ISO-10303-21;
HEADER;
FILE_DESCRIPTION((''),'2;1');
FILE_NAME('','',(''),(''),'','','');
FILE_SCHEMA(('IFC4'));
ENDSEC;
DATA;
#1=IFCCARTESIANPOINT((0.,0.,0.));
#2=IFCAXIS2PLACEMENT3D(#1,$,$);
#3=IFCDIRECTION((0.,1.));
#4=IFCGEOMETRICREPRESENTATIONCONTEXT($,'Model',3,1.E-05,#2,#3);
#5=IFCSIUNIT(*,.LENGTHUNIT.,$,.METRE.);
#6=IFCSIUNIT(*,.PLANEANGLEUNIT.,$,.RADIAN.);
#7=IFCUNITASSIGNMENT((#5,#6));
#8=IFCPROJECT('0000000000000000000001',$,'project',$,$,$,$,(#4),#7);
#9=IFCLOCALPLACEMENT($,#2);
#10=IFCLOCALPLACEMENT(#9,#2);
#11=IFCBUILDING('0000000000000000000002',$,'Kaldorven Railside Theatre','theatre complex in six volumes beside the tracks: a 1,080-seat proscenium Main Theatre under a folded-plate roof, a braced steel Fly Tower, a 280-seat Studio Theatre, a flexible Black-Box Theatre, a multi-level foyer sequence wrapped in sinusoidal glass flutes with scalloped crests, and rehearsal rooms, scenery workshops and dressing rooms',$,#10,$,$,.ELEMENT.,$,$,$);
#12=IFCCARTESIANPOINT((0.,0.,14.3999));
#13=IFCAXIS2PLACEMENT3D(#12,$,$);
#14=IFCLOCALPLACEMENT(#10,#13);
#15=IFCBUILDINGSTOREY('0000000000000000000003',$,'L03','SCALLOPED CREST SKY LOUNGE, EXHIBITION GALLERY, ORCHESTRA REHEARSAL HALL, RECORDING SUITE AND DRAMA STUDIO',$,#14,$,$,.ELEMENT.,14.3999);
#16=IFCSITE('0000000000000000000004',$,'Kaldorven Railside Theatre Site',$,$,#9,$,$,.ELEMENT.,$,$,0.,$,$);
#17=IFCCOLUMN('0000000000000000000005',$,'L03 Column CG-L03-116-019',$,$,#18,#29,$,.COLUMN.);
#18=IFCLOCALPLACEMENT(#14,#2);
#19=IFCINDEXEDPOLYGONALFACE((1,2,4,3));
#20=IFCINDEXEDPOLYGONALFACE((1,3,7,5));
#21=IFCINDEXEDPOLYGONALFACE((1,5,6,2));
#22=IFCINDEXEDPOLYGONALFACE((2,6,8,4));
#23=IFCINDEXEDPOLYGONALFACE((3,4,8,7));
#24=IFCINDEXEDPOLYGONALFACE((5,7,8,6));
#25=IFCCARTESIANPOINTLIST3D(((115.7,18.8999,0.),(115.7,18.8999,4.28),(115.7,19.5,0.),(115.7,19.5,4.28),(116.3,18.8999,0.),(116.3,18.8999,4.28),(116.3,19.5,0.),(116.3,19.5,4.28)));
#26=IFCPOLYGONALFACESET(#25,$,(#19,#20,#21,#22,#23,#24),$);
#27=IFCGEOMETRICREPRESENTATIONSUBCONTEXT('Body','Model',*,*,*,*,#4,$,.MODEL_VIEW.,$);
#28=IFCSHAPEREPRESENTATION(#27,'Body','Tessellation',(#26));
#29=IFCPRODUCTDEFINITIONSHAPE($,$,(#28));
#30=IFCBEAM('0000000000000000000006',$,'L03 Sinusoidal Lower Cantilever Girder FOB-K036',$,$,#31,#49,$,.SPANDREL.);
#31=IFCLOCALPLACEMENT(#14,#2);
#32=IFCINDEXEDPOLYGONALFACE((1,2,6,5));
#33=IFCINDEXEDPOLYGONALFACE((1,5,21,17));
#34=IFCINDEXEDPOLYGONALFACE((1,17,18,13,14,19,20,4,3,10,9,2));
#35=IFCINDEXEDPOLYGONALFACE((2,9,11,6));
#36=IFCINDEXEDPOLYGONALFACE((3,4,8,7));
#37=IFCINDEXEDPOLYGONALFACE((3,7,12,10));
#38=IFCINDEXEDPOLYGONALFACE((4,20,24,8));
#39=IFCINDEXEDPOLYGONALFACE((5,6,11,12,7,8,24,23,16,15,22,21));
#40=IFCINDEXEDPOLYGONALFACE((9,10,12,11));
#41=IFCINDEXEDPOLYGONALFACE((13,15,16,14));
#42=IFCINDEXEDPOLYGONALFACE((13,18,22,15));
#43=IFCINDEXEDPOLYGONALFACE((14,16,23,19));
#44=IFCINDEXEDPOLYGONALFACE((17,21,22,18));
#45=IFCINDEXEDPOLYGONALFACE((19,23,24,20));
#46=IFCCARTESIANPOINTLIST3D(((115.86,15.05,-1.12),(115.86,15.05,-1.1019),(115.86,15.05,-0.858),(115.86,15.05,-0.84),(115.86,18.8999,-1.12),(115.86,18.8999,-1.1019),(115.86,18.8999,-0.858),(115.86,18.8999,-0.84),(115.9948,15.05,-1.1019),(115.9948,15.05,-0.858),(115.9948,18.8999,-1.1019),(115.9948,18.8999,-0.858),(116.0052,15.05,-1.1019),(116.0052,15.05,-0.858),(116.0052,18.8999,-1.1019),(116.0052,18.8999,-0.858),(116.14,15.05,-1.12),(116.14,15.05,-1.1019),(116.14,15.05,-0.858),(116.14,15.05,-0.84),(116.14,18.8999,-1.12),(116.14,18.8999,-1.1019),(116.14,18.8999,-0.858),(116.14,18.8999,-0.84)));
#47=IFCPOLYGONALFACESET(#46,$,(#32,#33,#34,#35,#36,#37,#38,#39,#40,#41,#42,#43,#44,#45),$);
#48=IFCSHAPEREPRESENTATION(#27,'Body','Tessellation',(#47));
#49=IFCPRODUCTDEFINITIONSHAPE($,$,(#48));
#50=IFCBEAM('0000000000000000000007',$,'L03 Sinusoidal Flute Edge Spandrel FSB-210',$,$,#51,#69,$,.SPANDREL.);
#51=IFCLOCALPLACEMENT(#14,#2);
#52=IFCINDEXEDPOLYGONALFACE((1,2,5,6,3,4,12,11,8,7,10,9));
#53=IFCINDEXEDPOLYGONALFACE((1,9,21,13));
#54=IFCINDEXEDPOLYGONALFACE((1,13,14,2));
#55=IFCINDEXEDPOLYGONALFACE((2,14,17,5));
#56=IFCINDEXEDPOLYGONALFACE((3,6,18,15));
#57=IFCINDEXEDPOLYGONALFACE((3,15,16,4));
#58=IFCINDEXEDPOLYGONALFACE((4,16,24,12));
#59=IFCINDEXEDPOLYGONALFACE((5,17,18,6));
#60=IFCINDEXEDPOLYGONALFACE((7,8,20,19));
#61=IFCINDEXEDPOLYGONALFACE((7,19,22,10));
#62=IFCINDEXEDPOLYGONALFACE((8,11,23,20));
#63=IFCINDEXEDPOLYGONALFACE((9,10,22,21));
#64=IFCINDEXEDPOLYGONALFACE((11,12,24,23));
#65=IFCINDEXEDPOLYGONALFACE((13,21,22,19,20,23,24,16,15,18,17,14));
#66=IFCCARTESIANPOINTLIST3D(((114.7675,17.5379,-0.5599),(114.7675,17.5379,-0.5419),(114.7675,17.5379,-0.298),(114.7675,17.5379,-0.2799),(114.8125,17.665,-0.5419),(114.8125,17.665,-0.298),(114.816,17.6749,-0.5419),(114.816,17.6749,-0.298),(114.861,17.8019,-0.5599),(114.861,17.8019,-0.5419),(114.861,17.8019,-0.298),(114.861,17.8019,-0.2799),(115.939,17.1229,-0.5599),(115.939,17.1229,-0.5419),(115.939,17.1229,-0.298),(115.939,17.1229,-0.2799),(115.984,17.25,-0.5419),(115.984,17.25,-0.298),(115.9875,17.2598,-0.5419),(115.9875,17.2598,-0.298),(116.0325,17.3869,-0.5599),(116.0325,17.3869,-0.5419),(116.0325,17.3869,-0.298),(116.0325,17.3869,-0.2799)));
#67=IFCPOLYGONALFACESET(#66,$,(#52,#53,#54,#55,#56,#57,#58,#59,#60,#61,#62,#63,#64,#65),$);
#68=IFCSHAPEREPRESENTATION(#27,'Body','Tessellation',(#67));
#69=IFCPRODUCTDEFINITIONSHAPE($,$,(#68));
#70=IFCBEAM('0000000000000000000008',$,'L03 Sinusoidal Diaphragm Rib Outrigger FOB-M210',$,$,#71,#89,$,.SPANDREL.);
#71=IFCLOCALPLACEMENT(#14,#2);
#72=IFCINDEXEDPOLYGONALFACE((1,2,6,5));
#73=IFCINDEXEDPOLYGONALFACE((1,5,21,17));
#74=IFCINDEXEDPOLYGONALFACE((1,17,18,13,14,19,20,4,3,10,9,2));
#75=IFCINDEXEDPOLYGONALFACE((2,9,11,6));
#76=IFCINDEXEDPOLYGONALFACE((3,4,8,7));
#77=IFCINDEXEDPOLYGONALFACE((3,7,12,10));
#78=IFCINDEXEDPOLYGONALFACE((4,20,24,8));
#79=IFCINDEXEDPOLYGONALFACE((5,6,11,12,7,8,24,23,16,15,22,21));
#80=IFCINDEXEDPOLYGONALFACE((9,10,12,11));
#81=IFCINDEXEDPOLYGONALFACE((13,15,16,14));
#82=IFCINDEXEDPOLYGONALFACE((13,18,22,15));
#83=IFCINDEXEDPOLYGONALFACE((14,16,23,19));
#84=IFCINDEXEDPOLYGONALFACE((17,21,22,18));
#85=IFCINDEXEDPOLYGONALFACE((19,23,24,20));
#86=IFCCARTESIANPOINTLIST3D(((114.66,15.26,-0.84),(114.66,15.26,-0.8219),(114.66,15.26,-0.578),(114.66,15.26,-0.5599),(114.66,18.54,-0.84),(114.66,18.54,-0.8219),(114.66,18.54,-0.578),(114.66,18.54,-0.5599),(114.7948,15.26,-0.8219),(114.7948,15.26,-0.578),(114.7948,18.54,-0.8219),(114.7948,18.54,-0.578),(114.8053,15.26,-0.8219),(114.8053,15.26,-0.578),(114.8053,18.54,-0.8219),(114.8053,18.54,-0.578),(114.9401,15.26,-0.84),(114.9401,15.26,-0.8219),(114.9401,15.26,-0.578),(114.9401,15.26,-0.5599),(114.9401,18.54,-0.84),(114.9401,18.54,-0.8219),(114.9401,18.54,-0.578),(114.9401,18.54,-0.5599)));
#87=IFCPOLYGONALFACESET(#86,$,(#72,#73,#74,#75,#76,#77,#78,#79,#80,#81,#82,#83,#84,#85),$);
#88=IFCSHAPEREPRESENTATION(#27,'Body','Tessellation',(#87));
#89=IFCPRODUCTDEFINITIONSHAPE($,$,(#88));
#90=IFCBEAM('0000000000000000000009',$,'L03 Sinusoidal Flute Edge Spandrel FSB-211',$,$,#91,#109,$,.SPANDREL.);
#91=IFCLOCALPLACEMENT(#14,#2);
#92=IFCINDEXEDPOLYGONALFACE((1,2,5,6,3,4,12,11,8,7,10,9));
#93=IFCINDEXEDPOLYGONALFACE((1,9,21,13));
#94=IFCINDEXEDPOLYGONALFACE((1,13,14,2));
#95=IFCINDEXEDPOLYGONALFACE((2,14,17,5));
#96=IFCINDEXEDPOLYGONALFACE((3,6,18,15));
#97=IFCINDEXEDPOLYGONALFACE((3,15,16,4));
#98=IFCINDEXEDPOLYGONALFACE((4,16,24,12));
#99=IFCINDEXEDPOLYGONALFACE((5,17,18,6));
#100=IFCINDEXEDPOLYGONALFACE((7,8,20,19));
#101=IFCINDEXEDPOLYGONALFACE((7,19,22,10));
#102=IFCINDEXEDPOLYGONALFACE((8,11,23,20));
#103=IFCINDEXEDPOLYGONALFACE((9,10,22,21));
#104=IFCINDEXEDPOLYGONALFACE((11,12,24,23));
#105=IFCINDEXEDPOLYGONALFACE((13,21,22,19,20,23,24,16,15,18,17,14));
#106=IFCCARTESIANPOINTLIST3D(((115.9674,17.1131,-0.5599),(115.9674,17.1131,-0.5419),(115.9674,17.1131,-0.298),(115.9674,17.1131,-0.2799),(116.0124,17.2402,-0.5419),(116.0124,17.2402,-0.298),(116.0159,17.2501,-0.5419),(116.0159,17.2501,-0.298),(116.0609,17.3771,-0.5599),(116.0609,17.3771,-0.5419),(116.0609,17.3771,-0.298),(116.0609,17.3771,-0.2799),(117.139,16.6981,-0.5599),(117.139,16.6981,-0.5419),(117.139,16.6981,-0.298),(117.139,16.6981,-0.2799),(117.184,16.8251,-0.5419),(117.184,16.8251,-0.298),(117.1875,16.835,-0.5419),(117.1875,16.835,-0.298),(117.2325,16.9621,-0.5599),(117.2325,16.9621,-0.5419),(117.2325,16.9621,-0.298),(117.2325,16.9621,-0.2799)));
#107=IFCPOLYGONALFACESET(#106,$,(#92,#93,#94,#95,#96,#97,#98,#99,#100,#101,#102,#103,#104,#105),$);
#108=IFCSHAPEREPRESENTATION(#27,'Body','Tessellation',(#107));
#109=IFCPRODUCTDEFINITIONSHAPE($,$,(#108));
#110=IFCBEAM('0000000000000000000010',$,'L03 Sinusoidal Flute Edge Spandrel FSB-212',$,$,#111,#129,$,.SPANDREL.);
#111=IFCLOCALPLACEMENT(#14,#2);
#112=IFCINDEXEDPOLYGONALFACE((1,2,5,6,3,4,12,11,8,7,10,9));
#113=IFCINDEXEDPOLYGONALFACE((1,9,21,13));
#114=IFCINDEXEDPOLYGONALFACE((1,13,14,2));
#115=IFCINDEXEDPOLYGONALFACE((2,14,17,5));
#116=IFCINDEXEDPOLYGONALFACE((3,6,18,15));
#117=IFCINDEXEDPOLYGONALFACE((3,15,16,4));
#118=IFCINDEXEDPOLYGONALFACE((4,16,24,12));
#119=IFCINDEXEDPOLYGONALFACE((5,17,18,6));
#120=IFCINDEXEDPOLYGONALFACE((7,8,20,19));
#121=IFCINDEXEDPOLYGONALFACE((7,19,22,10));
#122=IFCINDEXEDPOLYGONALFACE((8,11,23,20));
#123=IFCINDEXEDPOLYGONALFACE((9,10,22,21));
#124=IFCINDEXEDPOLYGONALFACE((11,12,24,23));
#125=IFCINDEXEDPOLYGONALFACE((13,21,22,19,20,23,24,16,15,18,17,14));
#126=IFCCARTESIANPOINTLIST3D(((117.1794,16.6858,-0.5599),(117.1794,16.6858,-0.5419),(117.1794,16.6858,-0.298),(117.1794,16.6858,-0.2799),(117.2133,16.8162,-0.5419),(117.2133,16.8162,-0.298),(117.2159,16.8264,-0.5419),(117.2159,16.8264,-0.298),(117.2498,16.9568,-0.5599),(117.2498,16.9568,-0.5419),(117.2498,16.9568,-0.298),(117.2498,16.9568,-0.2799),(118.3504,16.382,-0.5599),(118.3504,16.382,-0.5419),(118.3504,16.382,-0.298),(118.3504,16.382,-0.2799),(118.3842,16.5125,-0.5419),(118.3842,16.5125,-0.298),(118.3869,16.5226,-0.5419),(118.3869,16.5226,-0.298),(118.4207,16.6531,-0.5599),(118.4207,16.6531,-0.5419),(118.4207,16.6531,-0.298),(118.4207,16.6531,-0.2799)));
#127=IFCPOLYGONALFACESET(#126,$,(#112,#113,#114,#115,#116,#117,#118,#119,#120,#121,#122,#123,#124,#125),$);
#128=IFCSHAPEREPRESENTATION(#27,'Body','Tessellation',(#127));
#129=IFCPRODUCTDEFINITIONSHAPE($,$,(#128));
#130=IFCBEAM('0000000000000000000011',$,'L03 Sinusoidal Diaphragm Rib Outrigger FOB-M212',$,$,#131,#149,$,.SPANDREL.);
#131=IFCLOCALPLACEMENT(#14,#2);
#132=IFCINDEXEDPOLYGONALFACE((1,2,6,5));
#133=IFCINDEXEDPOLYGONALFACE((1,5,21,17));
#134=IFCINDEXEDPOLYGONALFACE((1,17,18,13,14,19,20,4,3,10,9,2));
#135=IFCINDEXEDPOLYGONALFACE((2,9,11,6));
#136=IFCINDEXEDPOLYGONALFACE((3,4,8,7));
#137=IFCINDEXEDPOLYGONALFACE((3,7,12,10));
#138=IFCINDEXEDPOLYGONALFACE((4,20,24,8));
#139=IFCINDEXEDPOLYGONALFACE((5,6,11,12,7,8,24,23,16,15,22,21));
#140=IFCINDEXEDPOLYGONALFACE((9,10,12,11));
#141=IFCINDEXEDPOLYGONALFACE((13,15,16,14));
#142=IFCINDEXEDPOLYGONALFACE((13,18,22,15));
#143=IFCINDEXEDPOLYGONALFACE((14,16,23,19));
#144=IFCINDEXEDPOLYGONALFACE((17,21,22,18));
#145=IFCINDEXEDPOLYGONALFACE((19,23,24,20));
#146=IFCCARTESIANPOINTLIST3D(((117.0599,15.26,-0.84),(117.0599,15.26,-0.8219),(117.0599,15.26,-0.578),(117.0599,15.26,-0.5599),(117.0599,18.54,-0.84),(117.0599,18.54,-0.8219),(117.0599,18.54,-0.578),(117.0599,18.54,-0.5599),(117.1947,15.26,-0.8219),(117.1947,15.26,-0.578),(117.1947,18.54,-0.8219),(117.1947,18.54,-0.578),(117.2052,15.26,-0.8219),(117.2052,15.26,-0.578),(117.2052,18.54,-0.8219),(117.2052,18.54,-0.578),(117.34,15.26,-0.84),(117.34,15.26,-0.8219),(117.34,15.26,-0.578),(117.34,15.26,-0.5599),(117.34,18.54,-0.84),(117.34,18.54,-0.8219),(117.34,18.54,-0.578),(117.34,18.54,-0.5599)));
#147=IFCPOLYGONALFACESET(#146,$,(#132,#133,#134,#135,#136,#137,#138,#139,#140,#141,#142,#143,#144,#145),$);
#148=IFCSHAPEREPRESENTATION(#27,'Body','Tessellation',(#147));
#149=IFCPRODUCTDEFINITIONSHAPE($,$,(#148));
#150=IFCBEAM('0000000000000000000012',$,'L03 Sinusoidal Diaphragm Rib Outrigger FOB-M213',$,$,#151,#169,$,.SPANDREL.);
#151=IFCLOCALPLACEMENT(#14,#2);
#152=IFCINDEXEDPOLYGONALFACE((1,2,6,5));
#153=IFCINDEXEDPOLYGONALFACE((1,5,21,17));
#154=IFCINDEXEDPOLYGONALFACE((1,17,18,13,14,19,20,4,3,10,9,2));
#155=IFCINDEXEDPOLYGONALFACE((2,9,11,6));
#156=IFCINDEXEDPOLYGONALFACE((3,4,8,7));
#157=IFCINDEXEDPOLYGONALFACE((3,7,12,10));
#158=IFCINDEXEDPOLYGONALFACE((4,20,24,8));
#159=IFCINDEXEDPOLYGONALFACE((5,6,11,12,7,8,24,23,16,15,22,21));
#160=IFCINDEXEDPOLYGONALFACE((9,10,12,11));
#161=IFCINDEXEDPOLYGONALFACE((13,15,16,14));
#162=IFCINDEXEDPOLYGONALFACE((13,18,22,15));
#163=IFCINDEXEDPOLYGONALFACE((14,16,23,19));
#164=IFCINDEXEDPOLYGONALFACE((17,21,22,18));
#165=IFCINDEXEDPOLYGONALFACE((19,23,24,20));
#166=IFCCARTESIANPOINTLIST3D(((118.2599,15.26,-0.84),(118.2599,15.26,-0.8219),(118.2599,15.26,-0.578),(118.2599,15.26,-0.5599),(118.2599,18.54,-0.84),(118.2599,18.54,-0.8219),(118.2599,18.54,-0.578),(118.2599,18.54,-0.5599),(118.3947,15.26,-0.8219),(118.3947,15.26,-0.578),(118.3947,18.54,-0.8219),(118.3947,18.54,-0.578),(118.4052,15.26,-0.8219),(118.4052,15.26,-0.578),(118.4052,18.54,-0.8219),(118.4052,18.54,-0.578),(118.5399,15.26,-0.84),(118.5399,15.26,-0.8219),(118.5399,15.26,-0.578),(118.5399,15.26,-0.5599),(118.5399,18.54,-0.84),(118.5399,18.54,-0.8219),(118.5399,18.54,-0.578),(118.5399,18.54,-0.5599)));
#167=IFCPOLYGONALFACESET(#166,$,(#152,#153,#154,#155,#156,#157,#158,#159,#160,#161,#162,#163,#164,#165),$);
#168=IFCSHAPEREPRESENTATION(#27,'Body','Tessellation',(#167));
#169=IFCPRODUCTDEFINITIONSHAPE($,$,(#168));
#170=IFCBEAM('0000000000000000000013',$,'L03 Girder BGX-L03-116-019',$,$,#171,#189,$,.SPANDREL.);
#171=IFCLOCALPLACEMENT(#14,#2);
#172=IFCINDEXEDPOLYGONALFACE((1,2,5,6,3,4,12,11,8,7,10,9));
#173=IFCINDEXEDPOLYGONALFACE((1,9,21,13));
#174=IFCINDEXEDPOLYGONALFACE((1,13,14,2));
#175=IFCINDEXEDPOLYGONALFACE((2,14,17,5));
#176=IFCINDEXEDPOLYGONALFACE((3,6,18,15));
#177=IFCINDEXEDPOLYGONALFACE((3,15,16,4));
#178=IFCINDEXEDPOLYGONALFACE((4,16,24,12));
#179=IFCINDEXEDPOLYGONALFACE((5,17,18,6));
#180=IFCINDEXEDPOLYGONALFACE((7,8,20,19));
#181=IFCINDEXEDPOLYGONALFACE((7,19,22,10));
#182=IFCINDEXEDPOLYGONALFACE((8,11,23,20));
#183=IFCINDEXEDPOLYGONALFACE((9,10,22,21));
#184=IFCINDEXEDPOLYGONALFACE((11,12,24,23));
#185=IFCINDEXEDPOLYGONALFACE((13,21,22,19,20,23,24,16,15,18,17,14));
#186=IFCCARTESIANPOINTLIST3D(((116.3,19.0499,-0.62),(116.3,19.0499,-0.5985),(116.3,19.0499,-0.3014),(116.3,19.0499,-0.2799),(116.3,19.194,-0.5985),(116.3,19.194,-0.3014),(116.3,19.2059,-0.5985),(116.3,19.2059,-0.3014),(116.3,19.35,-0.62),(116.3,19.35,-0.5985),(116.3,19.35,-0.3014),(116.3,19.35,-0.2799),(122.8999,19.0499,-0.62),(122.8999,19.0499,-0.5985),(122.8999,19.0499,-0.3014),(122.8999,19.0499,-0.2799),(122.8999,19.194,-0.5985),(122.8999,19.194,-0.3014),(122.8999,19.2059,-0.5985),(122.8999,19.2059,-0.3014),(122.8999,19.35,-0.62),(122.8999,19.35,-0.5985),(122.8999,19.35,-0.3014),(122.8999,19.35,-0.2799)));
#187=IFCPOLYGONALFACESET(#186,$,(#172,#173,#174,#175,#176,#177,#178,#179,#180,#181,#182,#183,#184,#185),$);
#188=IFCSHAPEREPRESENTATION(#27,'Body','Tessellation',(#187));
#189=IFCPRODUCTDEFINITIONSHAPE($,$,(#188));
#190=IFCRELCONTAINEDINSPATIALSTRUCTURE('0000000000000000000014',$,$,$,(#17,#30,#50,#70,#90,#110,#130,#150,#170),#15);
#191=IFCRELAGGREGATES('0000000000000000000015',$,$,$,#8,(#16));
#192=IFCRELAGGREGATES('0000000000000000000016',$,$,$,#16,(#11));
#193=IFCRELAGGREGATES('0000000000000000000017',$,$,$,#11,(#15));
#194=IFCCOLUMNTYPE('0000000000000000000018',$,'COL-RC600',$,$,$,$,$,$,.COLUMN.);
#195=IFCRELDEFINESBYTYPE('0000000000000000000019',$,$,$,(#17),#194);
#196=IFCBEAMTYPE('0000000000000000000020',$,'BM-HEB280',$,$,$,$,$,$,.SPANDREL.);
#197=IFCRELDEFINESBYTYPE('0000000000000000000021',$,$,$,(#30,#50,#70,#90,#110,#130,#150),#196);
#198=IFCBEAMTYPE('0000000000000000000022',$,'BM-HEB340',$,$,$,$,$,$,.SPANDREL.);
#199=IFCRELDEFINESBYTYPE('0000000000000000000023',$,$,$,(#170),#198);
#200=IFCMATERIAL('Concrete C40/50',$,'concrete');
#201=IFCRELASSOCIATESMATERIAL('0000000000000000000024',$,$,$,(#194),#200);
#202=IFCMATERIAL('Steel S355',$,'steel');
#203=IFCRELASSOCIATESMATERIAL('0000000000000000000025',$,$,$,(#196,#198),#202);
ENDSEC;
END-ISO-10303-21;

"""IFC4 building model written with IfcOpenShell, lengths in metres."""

from ifc_helpers import new_model, si_unit, direction, frame, origin, origin_2d, place, context, subcontext, project, spatial, rectangle, i_section, extrude, material, material_profile, profile_set, type_object, element, save


model = new_model("IFC4")

# Units and contexts
model_context = context("Model", 3, precision=1e-05, world=origin(), true_north=direction((0.0, 1.0)))
body_context = subcontext(model_context, "Body", "Model", "MODEL_VIEW")
ifc_project = project(units=[si_unit("LENGTHUNIT", "METRE"), si_unit("PLANEANGLEUNIT", "RADIAN")], contexts=[model_context])

# Site, building, storey
site_placement = place(None, origin())
site = spatial("IfcSite", under=ifc_project, at=site_placement, Name="Kaldorven Railside Theatre Site", CompositionType="ELEMENT", RefElevation=0.0)
building_placement = place(site_placement, origin())
building = spatial("IfcBuilding", under=site, at=building_placement, Name="Kaldorven Railside Theatre", Description="theatre complex in six volumes beside the tracks: a 1,080-seat proscenium Main Theatre under a folded-plate roof, a braced steel Fly Tower, a 280-seat Studio Theatre, a flexible Black-Box Theatre, a multi-level foyer sequence wrapped in sinusoidal glass flutes with scalloped crests, and rehearsal rooms, scenery workshops and dressing rooms", CompositionType="ELEMENT")
storey_placement = place(building_placement, frame((0.0, 0.0, 14.3999)))
storey = spatial("IfcBuildingStorey", under=building, at=storey_placement, Name="L03", Description="SCALLOPED CREST SKY LOUNGE, EXHIBITION GALLERY, ORCHESTRA REHEARSAL HALL, RECORDING SUITE AND DRAMA STUDIO", CompositionType="ELEMENT", Elevation=14.3999)

# Column
ifc_material_1 = material(Name="Concrete C40/50", Category="concrete")
ifc_material_profile_1 = material_profile(ifc_material_1, rectangle(XDim=0.6001, YDim=0.6001, at=origin_2d()), Name="RC 600x600")
ifc_profile_set_1 = profile_set([ifc_material_profile_1], Name="Concrete C40/50")
column_type = type_object("IfcColumnType", Name="COL-RC600", PredefinedType="COLUMN", material=ifc_profile_set_1)
column_placement = place(storey_placement, frame((116.0, 19.2, 0.0), z_axis=(0.0, 0.0, 1.0), x_axis=(0.0, 1.0, 0.0)))
element("IfcColumn", 1, at=column_placement, inside=storey, type_object=column_type, Name="L03 Column CG-L03-116-019", PredefinedType="COLUMN", context=body_context, shape_type="SweptSolid", body=[
    extrude(rectangle(XDim=0.6001, YDim=0.6001, at=origin_2d()), origin(), (0.0, 0.0, 1.0), 4.28),
])

# Beams
ifc_material_2 = material(Name="Steel S355", Category="steel")
ifc_material_profile_2 = material_profile(ifc_material_2, i_section(OverallWidth=0.28, OverallDepth=0.28, WebThickness=0.0105, FlangeThickness=0.0181, at=origin_2d()), Name="HEB 280")
ifc_profile_set_2 = profile_set([ifc_material_profile_2], Name="Steel S355")
beam_type_1 = type_object("IfcBeamType", Name="BM-HEB280", PredefinedType="SPANDREL", material=ifc_profile_set_2)
beam_1_placement = place(storey_placement, frame((116.0, 15.05, -0.98), z_axis=(0.0, 1.0, 0.0), x_axis=(-1.0, 0.0, 0.0)))
element("IfcBeam", 2, at=beam_1_placement, inside=storey, type_object=beam_type_1, Name="L03 Sinusoidal Lower Cantilever Girder FOB-K036", PredefinedType="SPANDREL", context=body_context, shape_type="SweptSolid", body=[
    extrude(i_section(OverallWidth=0.28, OverallDepth=0.28, WebThickness=0.0105, FlangeThickness=0.0181, at=origin_2d()), origin(), (0.0, 0.0, 1.0), 3.8499),
])
beam_2_placement = place(storey_placement, frame((114.8142, 17.6699, -0.4199), z_axis=(0.942605, -0.333909, 0.0), x_axis=(0.333909, 0.942605, 0.0)))
element("IfcBeam", 3, at=beam_2_placement, inside=storey, type_object=beam_type_1, Name="L03 Sinusoidal Flute Edge Spandrel FSB-210", PredefinedType="SPANDREL", context=body_context, shape_type="SweptSolid", body=[
    extrude(i_section(OverallWidth=0.28, OverallDepth=0.28, WebThickness=0.0105, FlangeThickness=0.0181, at=origin_2d()), origin(), (0.0, 0.0, 1.0), 1.2429),
])
beam_3_placement = place(storey_placement, frame((114.8, 15.26, -0.7), z_axis=(0.0, 1.0, 0.0), x_axis=(-1.0, 0.0, 0.0)))
element("IfcBeam", 4, at=beam_3_placement, inside=storey, type_object=beam_type_1, Name="L03 Sinusoidal Diaphragm Rib Outrigger FOB-M210", PredefinedType="SPANDREL", context=body_context, shape_type="SweptSolid", body=[
    extrude(i_section(OverallWidth=0.28, OverallDepth=0.28, WebThickness=0.0105, FlangeThickness=0.0181, at=origin_2d()), origin(), (0.0, 0.0, 1.0), 3.28),
])
beam_4_placement = place(storey_placement, frame((116.0142, 17.2451, -0.4199), z_axis=(0.942605, -0.333909, 0.0), x_axis=(0.333909, 0.942605, 0.0)))
element("IfcBeam", 5, at=beam_4_placement, inside=storey, type_object=beam_type_1, Name="L03 Sinusoidal Flute Edge Spandrel FSB-211", PredefinedType="SPANDREL", context=body_context, shape_type="SweptSolid", body=[
    extrude(i_section(OverallWidth=0.28, OverallDepth=0.28, WebThickness=0.0105, FlangeThickness=0.0181, at=origin_2d()), origin(), (0.0, 0.0, 1.0), 1.2429),
])
beam_5_placement = place(storey_placement, frame((117.2146, 16.8213, -0.4199), z_axis=(0.967968, -0.251074, 0.0), x_axis=(0.251074, 0.967968, 0.0)))
element("IfcBeam", 6, at=beam_5_placement, inside=storey, type_object=beam_type_1, Name="L03 Sinusoidal Flute Edge Spandrel FSB-212", PredefinedType="SPANDREL", context=body_context, shape_type="SweptSolid", body=[
    extrude(i_section(OverallWidth=0.28, OverallDepth=0.28, WebThickness=0.0105, FlangeThickness=0.0181, at=origin_2d()), origin(), (0.0, 0.0, 1.0), 1.2097),
])
for number, where, z_axis, x_axis, name in (
    (7, (117.2, 15.26, -0.7), (0.0, 1.0, 0.0), (-1.0, 0.0, 0.0), "L03 Sinusoidal Diaphragm Rib Outrigger FOB-M212"),
    (8, (118.3999, 15.26, -0.7), (0.0, 1.0, 0.0), (-1.0, 0.0, 0.0), "L03 Sinusoidal Diaphragm Rib Outrigger FOB-M213"),
):
    element("IfcBeam", number, at=place(storey_placement, frame(where, z_axis=z_axis, x_axis=x_axis)), inside=storey, type_object=beam_type_1, Name=name, PredefinedType="SPANDREL", context=body_context, shape_type="SweptSolid", body=[
        extrude(i_section(OverallWidth=0.28, OverallDepth=0.28, WebThickness=0.0105, FlangeThickness=0.0181, at=origin_2d()), origin(), (0.0, 0.0, 1.0), 3.28),
    ])
ifc_material_profile_3 = material_profile(ifc_material_2, i_section(OverallWidth=0.3, OverallDepth=0.3401, WebThickness=0.012, FlangeThickness=0.0215, at=origin_2d()), Name="HEB 340")
ifc_profile_set_3 = profile_set([ifc_material_profile_3], Name="Steel S355")
beam_type_2 = type_object("IfcBeamType", Name="BM-HEB340", PredefinedType="SPANDREL", material=ifc_profile_set_3)
beam_6_placement = place(storey_placement, frame((116.3, 19.2, -0.45), z_axis=(1.0, 0.0, 0.0), x_axis=(0.0, 1.0, 0.0)))
element("IfcBeam", 9, at=beam_6_placement, inside=storey, type_object=beam_type_2, Name="L03 Girder BGX-L03-116-019", PredefinedType="SPANDREL", context=body_context, shape_type="SweptSolid", body=[
    extrude(i_section(OverallWidth=0.3, OverallDepth=0.3401, WebThickness=0.012, FlangeThickness=0.0215, at=origin_2d()), origin(), (0.0, 0.0, 1.0), 6.5999),
])

save(model, "model.ifc")
